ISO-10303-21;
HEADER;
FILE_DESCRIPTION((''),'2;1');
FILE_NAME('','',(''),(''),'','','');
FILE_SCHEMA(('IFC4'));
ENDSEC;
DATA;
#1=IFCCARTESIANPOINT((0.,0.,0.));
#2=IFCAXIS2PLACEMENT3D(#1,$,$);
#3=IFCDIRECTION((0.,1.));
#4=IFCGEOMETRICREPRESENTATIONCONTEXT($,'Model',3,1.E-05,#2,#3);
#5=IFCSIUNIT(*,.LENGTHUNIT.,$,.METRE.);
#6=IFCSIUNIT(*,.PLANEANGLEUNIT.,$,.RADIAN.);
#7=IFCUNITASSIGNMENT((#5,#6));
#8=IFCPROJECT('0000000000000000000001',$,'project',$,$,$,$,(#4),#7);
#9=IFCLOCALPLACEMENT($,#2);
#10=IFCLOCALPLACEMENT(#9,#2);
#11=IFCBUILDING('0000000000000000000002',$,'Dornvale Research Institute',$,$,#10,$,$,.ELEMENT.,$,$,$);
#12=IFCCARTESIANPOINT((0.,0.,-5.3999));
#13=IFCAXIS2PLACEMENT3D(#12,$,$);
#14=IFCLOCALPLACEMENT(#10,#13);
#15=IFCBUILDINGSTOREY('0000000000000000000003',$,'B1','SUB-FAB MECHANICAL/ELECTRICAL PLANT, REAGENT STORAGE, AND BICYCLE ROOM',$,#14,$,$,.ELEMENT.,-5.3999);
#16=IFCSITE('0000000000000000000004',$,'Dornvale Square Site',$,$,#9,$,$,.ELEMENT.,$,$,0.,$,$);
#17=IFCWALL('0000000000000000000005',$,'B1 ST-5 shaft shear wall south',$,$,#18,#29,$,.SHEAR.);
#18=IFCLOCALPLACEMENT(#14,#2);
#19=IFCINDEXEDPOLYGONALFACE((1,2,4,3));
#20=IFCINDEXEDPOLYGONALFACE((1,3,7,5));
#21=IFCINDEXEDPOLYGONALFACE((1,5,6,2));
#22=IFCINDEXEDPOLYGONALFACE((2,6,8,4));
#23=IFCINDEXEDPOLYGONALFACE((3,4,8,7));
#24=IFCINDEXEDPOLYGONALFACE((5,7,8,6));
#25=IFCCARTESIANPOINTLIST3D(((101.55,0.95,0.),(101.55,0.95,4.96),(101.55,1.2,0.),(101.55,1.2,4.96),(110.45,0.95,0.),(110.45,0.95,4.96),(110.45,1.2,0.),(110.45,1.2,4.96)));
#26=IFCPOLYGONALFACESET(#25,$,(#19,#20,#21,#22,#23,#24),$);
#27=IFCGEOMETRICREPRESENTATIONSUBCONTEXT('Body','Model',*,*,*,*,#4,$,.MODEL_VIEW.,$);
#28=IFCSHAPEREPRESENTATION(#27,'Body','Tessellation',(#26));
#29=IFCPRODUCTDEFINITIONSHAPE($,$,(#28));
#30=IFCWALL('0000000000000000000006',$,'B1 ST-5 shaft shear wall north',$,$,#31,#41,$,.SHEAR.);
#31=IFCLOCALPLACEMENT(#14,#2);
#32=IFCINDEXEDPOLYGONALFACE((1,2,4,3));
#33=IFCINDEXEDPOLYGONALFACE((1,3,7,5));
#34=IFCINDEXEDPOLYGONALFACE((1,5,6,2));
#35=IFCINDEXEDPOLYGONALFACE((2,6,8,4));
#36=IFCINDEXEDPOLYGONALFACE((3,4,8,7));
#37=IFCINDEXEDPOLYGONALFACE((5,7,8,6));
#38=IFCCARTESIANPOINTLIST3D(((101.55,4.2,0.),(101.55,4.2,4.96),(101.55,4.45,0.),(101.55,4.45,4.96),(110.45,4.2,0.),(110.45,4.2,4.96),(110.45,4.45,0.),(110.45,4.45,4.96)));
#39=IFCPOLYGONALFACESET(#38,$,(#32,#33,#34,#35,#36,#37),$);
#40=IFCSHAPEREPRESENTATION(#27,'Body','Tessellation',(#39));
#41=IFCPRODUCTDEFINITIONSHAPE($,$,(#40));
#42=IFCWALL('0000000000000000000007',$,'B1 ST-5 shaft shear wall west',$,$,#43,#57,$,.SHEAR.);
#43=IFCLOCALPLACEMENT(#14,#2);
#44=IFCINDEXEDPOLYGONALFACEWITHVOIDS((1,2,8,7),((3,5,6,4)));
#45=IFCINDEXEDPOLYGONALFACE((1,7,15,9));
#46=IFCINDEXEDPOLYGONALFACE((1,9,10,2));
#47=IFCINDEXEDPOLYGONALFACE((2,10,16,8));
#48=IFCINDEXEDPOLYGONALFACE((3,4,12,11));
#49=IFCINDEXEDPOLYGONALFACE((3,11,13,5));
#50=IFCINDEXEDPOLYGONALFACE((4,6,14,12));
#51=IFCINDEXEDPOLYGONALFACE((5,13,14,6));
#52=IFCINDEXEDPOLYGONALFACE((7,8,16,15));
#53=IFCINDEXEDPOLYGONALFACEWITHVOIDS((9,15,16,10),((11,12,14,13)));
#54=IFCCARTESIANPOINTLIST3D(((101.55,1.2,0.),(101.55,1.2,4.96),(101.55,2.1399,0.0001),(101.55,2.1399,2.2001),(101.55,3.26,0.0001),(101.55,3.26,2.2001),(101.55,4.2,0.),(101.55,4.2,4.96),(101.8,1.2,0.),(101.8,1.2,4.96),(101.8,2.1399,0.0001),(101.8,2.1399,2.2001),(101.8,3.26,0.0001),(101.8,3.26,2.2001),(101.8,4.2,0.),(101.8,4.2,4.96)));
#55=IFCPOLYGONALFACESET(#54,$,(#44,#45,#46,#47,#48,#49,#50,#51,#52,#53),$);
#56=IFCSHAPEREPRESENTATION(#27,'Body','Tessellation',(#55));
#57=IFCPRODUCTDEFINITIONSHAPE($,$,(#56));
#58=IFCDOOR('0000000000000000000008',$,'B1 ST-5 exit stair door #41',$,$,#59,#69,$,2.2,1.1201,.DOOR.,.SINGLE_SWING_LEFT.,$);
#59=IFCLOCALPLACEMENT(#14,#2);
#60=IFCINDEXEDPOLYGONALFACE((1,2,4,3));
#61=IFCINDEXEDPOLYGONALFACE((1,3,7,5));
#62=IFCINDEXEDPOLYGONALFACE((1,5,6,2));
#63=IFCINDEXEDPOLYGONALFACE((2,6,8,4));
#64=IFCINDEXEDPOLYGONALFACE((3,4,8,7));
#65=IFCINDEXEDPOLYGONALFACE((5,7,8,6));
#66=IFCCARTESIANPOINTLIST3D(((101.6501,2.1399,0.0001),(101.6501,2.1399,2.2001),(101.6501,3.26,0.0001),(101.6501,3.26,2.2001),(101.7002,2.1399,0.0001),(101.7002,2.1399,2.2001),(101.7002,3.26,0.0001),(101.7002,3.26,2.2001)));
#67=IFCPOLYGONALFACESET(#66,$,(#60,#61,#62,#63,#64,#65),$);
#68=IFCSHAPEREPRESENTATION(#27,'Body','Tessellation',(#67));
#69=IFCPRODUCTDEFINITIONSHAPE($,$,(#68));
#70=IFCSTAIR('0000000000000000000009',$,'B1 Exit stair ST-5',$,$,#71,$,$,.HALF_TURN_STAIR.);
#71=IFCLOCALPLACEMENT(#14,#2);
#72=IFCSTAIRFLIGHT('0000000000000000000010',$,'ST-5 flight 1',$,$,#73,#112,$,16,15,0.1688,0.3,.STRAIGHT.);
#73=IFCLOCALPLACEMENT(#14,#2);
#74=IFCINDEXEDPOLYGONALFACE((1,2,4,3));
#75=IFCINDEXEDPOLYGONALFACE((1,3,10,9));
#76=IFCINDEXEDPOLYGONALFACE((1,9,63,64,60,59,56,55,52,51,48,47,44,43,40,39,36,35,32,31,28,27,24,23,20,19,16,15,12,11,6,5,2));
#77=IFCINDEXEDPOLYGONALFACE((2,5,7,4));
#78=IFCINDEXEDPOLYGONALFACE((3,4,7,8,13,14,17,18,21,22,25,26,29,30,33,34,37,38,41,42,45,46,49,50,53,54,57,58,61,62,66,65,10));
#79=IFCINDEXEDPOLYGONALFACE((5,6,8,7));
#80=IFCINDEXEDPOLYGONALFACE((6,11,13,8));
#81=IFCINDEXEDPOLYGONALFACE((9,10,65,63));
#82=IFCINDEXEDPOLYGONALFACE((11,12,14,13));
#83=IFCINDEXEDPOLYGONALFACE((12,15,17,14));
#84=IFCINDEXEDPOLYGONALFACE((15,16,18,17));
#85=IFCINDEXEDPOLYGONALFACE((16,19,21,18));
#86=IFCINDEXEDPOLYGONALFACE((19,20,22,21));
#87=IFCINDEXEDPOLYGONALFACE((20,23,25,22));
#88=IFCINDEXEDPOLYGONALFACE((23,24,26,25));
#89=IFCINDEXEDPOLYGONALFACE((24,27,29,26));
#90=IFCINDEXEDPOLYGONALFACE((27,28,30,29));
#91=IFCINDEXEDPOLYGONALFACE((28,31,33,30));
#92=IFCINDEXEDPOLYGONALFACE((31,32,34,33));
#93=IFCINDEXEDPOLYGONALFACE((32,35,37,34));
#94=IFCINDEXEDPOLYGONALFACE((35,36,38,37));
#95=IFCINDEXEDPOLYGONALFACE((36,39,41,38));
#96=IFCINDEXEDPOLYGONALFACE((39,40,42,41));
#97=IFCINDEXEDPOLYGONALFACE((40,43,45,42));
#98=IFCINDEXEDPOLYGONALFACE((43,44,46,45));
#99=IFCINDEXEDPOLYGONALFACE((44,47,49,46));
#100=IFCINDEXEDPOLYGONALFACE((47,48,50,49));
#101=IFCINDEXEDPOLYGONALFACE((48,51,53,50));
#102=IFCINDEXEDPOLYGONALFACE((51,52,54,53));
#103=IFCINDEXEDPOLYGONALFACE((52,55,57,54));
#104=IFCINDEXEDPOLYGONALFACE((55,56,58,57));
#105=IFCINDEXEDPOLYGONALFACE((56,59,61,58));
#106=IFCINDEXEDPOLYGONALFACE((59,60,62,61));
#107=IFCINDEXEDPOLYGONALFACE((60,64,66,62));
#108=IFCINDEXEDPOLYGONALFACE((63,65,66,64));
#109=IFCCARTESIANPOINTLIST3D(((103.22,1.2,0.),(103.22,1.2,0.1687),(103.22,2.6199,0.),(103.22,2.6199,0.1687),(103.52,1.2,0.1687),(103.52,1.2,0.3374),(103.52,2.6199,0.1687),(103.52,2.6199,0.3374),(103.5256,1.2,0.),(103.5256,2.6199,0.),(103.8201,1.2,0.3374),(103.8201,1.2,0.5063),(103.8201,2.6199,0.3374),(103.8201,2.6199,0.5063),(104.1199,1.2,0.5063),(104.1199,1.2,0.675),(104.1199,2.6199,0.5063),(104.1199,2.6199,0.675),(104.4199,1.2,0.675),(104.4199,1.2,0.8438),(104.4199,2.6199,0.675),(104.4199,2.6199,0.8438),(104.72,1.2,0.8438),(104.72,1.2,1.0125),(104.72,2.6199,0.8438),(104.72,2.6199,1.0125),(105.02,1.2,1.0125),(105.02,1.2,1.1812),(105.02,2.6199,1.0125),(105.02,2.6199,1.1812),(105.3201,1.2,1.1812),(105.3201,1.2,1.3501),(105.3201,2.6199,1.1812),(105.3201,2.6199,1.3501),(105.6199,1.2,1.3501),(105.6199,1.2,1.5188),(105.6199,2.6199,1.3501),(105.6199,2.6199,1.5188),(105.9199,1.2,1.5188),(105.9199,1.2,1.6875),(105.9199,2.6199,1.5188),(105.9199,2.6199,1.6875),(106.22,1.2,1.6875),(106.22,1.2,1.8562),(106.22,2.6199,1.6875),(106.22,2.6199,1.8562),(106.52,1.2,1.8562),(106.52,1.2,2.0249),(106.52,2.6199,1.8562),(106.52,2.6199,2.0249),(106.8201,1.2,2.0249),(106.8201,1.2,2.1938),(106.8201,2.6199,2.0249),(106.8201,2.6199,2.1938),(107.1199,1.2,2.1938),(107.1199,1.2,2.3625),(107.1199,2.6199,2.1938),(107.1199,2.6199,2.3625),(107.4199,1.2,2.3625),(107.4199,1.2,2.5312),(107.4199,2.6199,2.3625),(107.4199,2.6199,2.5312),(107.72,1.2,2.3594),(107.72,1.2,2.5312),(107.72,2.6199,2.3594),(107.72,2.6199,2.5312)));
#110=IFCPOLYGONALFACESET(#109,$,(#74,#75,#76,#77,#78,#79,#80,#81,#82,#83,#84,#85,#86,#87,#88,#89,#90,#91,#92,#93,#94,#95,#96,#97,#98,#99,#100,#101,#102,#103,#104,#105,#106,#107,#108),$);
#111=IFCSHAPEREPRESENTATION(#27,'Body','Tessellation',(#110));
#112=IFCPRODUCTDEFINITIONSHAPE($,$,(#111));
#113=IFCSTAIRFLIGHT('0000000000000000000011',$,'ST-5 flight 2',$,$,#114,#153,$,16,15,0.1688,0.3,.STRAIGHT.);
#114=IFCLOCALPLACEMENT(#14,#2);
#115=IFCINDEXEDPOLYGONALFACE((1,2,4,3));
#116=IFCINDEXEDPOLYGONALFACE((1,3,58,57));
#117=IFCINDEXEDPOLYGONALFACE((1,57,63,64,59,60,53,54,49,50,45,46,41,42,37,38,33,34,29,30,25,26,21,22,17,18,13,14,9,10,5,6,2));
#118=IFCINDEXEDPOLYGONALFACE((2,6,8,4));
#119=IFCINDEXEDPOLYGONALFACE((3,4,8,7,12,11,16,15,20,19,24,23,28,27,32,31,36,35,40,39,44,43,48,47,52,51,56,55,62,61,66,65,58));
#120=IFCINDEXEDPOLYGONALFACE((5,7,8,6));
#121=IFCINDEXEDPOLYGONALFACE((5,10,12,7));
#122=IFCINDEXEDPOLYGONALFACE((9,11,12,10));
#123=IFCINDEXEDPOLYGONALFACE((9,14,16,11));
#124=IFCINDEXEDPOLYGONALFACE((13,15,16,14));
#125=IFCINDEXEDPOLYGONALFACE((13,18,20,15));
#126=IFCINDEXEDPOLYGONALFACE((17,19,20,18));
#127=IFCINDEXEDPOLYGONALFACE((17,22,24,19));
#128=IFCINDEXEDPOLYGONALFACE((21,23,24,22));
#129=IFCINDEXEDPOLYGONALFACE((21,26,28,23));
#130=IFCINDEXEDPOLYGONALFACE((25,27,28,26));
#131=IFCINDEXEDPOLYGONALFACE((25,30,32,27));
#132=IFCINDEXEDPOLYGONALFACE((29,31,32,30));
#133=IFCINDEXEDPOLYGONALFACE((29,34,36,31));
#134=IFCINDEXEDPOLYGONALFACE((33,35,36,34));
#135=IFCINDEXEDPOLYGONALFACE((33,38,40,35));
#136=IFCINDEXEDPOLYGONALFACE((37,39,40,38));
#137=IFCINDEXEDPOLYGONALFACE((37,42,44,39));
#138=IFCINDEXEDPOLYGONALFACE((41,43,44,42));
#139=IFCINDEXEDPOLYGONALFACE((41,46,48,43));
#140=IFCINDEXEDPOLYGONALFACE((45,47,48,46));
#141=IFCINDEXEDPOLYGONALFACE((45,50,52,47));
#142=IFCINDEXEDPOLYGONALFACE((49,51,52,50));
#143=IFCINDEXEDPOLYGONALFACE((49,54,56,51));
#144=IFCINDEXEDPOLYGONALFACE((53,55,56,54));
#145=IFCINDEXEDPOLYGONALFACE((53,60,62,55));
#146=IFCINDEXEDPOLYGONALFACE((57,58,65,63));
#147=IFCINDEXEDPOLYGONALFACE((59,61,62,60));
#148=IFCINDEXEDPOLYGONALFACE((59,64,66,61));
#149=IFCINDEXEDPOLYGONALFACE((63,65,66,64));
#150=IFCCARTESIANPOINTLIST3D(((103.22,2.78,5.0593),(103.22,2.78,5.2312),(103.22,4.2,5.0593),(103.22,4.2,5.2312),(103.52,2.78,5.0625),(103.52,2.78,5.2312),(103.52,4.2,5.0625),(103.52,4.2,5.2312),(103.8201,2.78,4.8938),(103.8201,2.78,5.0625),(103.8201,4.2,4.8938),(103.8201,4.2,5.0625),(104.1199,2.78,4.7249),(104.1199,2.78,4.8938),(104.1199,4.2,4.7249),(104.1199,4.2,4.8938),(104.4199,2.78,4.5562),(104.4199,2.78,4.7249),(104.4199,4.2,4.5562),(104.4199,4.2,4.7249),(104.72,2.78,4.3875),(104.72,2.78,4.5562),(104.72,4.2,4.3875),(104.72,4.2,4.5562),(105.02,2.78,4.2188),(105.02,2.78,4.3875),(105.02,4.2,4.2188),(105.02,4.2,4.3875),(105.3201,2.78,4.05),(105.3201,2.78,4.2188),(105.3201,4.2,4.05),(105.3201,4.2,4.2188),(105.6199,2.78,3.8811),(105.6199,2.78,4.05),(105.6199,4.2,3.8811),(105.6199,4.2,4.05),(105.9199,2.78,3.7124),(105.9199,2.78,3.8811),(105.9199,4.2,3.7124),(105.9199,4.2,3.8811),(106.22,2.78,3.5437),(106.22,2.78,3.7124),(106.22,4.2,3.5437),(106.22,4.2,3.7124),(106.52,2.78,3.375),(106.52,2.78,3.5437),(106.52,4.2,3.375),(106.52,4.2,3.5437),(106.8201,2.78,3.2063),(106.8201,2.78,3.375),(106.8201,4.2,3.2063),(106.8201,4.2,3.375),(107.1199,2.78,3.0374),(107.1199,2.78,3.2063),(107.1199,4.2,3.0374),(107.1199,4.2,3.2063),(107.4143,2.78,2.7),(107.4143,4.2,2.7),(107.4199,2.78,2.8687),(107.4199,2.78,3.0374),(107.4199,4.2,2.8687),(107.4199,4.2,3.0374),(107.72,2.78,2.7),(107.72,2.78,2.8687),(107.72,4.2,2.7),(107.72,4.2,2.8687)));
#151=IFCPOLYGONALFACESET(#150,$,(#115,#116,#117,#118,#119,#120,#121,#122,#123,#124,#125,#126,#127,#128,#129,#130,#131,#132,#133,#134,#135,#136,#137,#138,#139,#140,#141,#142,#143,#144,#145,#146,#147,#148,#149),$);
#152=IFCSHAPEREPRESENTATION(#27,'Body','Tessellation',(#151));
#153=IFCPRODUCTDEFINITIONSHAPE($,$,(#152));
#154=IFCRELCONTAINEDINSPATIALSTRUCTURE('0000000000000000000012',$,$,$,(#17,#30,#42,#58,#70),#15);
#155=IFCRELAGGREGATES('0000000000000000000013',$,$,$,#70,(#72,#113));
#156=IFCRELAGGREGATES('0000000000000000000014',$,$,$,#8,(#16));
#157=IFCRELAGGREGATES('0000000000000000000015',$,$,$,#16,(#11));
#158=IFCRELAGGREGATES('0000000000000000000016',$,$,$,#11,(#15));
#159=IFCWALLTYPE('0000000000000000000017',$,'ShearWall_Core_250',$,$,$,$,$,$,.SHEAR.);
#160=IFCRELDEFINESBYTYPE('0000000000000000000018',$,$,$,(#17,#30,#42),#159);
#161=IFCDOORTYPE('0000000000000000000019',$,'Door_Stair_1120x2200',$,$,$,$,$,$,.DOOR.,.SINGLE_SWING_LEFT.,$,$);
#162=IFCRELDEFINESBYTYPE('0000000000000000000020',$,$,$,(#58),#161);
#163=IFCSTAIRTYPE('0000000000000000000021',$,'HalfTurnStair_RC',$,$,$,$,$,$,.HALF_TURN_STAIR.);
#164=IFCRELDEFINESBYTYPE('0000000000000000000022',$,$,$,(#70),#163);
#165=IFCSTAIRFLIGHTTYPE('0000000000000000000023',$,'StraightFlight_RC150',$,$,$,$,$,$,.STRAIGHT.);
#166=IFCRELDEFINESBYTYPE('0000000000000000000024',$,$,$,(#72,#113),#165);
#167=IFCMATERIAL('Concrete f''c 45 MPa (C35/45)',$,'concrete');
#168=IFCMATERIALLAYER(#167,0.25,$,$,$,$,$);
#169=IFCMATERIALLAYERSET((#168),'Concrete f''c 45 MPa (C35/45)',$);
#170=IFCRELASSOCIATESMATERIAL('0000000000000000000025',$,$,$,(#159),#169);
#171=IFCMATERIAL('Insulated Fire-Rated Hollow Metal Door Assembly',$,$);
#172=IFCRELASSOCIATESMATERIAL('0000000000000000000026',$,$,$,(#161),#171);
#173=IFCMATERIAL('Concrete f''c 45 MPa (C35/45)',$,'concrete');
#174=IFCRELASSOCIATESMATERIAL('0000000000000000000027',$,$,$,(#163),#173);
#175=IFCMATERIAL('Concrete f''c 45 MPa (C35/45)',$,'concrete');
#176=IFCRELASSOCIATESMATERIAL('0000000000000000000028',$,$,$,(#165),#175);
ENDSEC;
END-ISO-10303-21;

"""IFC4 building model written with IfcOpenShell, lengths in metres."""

from ifc_helpers import new_model, si_unit, direction, frame, frame_2d, origin, place, context, subcontext, project, spatial, polyline, rectangle, outline, extrude, material, layer, layer_set, type_object, element, fill, aggregate, save


model = new_model("IFC4")

# Units and contexts
model_context = context("Model", 3, precision=1e-05, world=origin(), true_north=direction((0.0, 1.0)))
body_context = subcontext(model_context, "Body", "Model", "MODEL_VIEW")
ifc_project = project(units=[si_unit("LENGTHUNIT", "METRE"), si_unit("PLANEANGLEUNIT", "RADIAN")], contexts=[model_context])

# Site, building, storey
site_placement = place(None, origin())
site = spatial("IfcSite", under=ifc_project, at=site_placement, Name="Dornvale Square Site", CompositionType="ELEMENT", RefElevation=0.0)
building_placement = place(site_placement, origin())
building = spatial("IfcBuilding", under=site, at=building_placement, Name="Dornvale Research Institute", CompositionType="ELEMENT")
storey_placement = place(building_placement, frame((0.0, 0.0, -5.3999)))
storey = spatial("IfcBuildingStorey", under=building, at=storey_placement, Name="B1", Description="SUB-FAB MECHANICAL/ELECTRICAL PLANT, REAGENT STORAGE, AND BICYCLE ROOM", CompositionType="ELEMENT", Elevation=-5.3999)

# Walls
ifc_material_1 = material(Name="Concrete f'c 45 MPa (C35/45)", Category="concrete")
ifc_layer_1 = layer(ifc_material_1, 0.25)
ifc_layer_set_1 = layer_set([ifc_layer_1], Name="Concrete f'c 45 MPa (C35/45)")
wall_type_1 = type_object("IfcWallType", Name="ShearWall_Core_250", PredefinedType="SHEAR", material=ifc_layer_set_1)
for number, where, z_axis, x_axis, name in (
    (1, (101.55, 1.075, 0.0), (0.0, 0.0, 1.0), (1.0, 0.0, 0.0), "B1 ST-5 shaft shear wall south"),
    (2, (101.55, 4.325, 0.0), (0.0, 0.0, 1.0), (1.0, 0.0, 0.0), "B1 ST-5 shaft shear wall north"),
):
    element("IfcWall", number, at=place(storey_placement, frame(where, z_axis=z_axis, x_axis=x_axis)), inside=storey, type_object=wall_type_1, Name=name, PredefinedType="SHEAR", context=body_context, shape_type="SweptSolid", body=[
        extrude(rectangle(XDim=8.8999, YDim=0.25, at=frame_2d((4.45, 0.0))), origin(), (0.0, 0.0, 1.0), 4.96),
    ])

# Wall, opening, door
wall_1_placement = place(storey_placement, frame((101.675, 1.2, 0.0), z_axis=(0.0, 0.0, 1.0), x_axis=(0.0, 1.0, 0.0)))
wall_1 = element("IfcWall", 3, at=wall_1_placement, inside=storey, type_object=wall_type_1, Name="B1 ST-5 shaft shear wall west", PredefinedType="SHEAR", context=body_context, shape_type="SweptSolid", body=[
    extrude(rectangle(XDim=3.0, YDim=0.25, at=frame_2d((1.5, 0.0))), origin(), (0.0, 0.0, 1.0), 4.96),
])
opening_placement = place(wall_1_placement, frame((0.9399, 0.0, 0.0)))
opening = element("IfcOpeningElement", 4, at=opening_placement, cuts=wall_1, PredefinedType="OPENING", context=body_context, shape_type="SweptSolid", body=[
    extrude(rectangle(XDim=1.1201, YDim=2.2, at=frame_2d((0.5601, 1.1001))), frame((0.0, 0.1399, 0.0), z_axis=(0.0, -1.0, 0.0), x_axis=(1.0, 0.0, 0.0)), (0.0, 0.0, 1.0), 0.28),
])
ifc_material_2 = material(Name="Insulated Fire-Rated Hollow Metal Door Assembly")
door_type = type_object("IfcDoorType", Name="Door_Stair_1120x2200", OperationType="SINGLE_SWING_LEFT", PredefinedType="DOOR", material=ifc_material_2)
door_placement = place(opening_placement, origin())
door = element("IfcDoor", 5, at=door_placement, inside=storey, type_object=door_type, Name="B1 ST-5 exit stair door #41", OperationType="SINGLE_SWING_LEFT", OverallHeight=2.2, OverallWidth=1.1201, PredefinedType="DOOR", context=body_context, shape_type="SweptSolid", body=[
    extrude(rectangle(XDim=1.1201, YDim=2.2, at=frame_2d((0.5601, 1.1001))), frame((0.0, 0.0249, 0.0), z_axis=(0.0, -1.0, 0.0), x_axis=(1.0, 0.0, 0.0)), (0.0, 0.0, 1.0), 0.05),
])
fill(opening, door)

# Stair, stair flights
ifc_material_3 = material(Name="Concrete f'c 45 MPa (C35/45)", Category="concrete")
stair_type = type_object("IfcStairType", Name="HalfTurnStair_RC", PredefinedType="HALF_TURN_STAIR", material=ifc_material_3)
stair_placement = place(storey_placement, origin())
stair = element("IfcStair", 6, at=stair_placement, inside=storey, type_object=stair_type, Name="B1 Exit stair ST-5", PredefinedType="HALF_TURN_STAIR")
ifc_material_4 = material(Name="Concrete f'c 45 MPa (C35/45)", Category="concrete")
stair_flight_type = type_object("IfcStairFlightType", Name="StraightFlight_RC150", PredefinedType="STRAIGHT", material=ifc_material_4)
stair_flight_1_placement = place(storey_placement, frame((103.22, 1.9099, 0.0), z_axis=(0.0, 0.0, 1.0), x_axis=(1.0, 0.0, 0.0)))
stair_flight_1 = element("IfcStairFlight", 7, at=stair_flight_1_placement, type_object=stair_flight_type, Name="ST-5 flight 1", NumberOfRisers=16, NumberOfTreads=15, PredefinedType="STRAIGHT", RiserHeight=0.1688, TreadLength=0.3, context=body_context, shape_type="SweptSolid", body=[
    extrude(outline(polyline([(0.0, 0.0), (0.0, 0.1687), (0.3, 0.1687), (0.3, 0.3374), (0.6001, 0.3374), (0.6001, 0.5063), (0.8999, 0.5063), (0.8999, 0.675), (1.2, 0.675), (1.2, 0.8438), (1.5, 0.8438), (1.5, 1.0125), (1.8, 1.0125), (1.8, 1.1812), (2.1001, 1.1812), (2.1001, 1.3501), (2.3999, 1.3501), (2.3999, 1.5188), (2.7, 1.5188), (2.7, 1.6875), (3.0, 1.6875), (3.0, 1.8562), (3.3, 1.8562), (3.3, 2.0249), (3.6001, 2.0249), (3.6001, 2.1938), (3.8999, 2.1938), (3.8999, 2.3625), (4.2, 2.3625), (4.2, 2.5312), (4.5, 2.5312), (4.5, 2.7), (4.5, 2.3594), (0.3057, 0.0), (0.0, 0.0)])), frame((0.0, 0.71, 0.0), z_axis=(0.0, -1.0, 0.0), x_axis=(1.0, 0.0, 0.0)), (0.0, 0.0, 1.0), 1.4199),
])
stair_flight_2_placement = place(storey_placement, frame((107.72, 3.49, 2.7), z_axis=(0.0, 0.0, 1.0), x_axis=(-1.0, 0.0, 0.0)))
stair_flight_2 = element("IfcStairFlight", 8, at=stair_flight_2_placement, type_object=stair_flight_type, Name="ST-5 flight 2", NumberOfRisers=16, NumberOfTreads=15, PredefinedType="STRAIGHT", RiserHeight=0.1688, TreadLength=0.3, context=body_context, shape_type="SweptSolid", body=[
    extrude(outline(polyline([(0.0, 0.0), (0.0, 0.1687), (0.3, 0.1687), (0.3, 0.3374), (0.6001, 0.3374), (0.6001, 0.5063), (0.8999, 0.5063), (0.8999, 0.675), (1.2, 0.675), (1.2, 0.8438), (1.5, 0.8438), (1.5, 1.0125), (1.8, 1.0125), (1.8, 1.1812), (2.1001, 1.1812), (2.1001, 1.3501), (2.3999, 1.3501), (2.3999, 1.5188), (2.7, 1.5188), (2.7, 1.6875), (3.0, 1.6875), (3.0, 1.8562), (3.3, 1.8562), (3.3, 2.0249), (3.6001, 2.0249), (3.6001, 2.1938), (3.8999, 2.1938), (3.8999, 2.3625), (4.2, 2.3625), (4.2, 2.5312), (4.5, 2.5312), (4.5, 2.7), (4.5, 2.3594), (0.3057, 0.0), (0.0, 0.0)])), frame((0.0, 0.71, 0.0), z_axis=(0.0, -1.0, 0.0), x_axis=(1.0, 0.0, 0.0)), (0.0, 0.0, 1.0), 1.4199),
])
aggregate(stair, [stair_flight_1, stair_flight_2])

save(model, "model.ifc")
